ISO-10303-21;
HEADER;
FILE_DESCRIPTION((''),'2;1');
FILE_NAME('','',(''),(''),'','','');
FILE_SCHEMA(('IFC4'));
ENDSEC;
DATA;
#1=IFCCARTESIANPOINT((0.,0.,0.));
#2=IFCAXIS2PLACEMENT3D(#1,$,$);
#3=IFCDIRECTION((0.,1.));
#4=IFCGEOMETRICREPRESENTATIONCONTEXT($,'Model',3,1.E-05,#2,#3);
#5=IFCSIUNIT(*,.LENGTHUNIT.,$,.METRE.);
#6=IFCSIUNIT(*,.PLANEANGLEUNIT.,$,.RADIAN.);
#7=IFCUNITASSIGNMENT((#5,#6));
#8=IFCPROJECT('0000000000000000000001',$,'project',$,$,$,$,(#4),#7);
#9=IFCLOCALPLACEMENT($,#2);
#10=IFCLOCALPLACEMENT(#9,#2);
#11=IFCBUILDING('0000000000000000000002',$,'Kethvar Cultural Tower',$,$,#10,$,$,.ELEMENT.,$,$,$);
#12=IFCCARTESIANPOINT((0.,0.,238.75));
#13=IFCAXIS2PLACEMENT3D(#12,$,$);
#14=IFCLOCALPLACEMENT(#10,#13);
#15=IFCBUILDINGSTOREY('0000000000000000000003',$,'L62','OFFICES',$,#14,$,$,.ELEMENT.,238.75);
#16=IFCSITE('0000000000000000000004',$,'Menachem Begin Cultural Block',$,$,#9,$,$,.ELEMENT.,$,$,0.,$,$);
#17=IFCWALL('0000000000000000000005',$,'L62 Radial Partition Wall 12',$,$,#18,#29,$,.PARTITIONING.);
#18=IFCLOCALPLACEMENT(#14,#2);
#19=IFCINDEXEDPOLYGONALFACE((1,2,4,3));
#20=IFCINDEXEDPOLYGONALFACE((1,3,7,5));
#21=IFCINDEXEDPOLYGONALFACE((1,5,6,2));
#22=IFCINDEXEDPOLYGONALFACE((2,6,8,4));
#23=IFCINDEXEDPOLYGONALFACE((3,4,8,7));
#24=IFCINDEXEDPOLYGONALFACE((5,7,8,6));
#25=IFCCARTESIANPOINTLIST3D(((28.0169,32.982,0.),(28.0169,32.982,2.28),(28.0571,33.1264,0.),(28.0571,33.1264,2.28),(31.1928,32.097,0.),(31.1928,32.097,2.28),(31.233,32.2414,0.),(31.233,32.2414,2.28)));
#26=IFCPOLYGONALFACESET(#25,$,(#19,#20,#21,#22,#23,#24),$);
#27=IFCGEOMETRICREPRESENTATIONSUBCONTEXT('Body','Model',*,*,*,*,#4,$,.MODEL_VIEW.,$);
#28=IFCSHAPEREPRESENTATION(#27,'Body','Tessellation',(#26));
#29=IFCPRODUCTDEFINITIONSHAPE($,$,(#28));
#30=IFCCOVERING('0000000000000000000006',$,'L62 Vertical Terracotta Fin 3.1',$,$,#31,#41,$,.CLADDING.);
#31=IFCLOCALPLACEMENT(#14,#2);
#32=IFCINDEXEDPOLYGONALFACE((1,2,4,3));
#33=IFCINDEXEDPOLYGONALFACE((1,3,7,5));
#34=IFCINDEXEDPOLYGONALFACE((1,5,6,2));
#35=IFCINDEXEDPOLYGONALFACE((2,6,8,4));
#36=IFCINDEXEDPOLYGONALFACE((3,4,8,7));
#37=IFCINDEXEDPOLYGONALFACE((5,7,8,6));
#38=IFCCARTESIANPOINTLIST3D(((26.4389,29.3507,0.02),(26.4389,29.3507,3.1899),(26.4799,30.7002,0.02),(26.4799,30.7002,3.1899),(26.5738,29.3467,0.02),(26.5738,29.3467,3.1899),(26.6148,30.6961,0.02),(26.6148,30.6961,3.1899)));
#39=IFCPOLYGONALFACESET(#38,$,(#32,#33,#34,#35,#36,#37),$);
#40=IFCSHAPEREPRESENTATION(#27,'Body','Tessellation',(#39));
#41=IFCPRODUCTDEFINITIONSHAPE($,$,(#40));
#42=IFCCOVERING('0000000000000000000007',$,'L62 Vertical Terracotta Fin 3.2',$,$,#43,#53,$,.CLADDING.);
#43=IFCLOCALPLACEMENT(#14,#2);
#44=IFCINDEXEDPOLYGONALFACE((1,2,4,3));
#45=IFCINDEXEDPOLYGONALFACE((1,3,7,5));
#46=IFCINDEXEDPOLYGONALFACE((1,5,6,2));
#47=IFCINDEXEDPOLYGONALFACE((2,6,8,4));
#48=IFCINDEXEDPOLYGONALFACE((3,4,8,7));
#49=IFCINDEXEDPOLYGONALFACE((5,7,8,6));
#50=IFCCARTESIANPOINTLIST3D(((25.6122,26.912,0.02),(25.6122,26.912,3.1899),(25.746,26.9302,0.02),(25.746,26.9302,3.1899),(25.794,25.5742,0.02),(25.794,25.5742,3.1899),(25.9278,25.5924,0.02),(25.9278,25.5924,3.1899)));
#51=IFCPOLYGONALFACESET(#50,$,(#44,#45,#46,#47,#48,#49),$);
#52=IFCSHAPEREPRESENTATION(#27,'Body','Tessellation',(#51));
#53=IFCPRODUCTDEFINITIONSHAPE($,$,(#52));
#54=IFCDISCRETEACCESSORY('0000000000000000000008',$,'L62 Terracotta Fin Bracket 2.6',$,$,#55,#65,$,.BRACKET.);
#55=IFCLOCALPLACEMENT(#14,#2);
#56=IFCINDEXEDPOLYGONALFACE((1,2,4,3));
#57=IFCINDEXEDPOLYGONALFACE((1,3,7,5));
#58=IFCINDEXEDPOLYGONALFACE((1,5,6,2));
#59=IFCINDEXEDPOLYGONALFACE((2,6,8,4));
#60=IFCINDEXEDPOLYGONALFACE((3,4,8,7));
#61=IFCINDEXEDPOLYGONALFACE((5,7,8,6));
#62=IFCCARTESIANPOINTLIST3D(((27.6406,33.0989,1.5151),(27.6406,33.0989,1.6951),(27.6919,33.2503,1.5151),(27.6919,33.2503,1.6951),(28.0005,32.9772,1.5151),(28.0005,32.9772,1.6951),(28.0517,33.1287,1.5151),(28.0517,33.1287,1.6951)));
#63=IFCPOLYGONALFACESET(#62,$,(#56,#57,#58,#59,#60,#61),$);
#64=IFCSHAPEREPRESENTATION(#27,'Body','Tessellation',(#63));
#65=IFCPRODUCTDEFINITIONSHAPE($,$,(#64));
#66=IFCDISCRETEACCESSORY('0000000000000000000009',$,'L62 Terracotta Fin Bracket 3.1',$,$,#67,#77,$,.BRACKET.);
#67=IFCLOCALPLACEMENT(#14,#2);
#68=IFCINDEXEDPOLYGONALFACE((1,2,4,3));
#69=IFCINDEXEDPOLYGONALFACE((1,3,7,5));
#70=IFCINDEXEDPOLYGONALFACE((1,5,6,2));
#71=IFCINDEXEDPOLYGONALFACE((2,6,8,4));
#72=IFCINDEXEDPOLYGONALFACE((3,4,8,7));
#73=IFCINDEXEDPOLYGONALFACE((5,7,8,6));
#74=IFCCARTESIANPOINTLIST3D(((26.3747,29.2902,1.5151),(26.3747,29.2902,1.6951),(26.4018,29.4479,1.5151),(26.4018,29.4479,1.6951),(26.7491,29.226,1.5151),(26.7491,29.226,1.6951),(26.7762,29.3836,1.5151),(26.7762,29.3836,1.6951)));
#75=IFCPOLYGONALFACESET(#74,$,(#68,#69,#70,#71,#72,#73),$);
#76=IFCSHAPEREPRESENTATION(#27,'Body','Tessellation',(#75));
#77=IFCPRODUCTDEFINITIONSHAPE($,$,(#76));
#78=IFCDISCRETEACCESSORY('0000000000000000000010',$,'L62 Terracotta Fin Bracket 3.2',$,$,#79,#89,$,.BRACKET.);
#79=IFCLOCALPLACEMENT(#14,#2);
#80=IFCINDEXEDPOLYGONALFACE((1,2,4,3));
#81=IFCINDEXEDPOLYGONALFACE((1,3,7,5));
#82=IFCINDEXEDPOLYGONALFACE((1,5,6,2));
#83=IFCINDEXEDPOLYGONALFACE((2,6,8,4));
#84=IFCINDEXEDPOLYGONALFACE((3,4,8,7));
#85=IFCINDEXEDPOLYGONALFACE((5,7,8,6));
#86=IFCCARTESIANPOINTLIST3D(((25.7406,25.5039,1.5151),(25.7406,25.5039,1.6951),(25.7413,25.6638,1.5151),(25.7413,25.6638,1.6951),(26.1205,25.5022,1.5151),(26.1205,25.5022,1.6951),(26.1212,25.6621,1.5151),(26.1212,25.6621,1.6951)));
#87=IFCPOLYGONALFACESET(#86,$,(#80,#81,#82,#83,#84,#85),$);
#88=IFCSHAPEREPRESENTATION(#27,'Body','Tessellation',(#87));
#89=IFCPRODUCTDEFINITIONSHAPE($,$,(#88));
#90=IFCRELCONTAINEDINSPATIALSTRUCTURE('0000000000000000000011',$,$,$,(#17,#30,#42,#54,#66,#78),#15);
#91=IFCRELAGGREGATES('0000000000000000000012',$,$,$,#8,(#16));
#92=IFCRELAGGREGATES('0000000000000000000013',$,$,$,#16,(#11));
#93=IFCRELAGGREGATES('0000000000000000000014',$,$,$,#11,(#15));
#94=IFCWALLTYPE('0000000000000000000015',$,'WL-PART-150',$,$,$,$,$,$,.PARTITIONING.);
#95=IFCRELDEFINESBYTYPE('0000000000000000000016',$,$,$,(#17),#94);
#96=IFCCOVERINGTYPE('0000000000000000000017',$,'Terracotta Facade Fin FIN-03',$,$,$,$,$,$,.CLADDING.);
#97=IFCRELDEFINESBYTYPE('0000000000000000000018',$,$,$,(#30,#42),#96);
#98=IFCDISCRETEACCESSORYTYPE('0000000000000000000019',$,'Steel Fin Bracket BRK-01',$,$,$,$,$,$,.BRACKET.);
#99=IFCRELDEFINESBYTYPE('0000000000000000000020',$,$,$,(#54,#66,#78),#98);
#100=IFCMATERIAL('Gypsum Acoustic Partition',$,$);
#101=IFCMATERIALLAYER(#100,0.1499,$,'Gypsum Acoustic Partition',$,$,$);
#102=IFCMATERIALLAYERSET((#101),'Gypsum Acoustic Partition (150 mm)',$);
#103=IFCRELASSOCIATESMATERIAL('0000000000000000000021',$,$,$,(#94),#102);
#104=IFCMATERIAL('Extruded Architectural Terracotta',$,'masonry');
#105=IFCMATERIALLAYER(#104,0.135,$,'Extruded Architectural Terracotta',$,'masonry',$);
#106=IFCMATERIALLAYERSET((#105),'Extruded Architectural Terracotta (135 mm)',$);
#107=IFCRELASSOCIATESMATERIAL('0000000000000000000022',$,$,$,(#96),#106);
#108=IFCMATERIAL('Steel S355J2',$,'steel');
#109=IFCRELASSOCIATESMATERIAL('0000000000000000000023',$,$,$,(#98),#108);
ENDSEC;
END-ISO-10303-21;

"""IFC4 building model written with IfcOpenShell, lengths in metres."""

from ifc_helpers import new_model, si_unit, direction, frame, frame_2d, origin, origin_2d, place, context, subcontext, project, spatial, rectangle, extrude, source, transform, mapped, material, layer, layer_set, type_object, element, save


model = new_model("IFC4")

# Units and contexts
model_context = context("Model", 3, precision=1e-05, world=origin(), true_north=direction((0.0, 1.0)))
body_context = subcontext(model_context, "Body", "Model", "MODEL_VIEW")
ifc_project = project(units=[si_unit("LENGTHUNIT", "METRE"), si_unit("PLANEANGLEUNIT", "RADIAN")], contexts=[model_context])

# Site, building, storey
site_placement = place(None, origin())
site = spatial("IfcSite", under=ifc_project, at=site_placement, Name="Menachem Begin Cultural Block", CompositionType="ELEMENT", RefElevation=0.0)
building_placement = place(site_placement, origin())
building = spatial("IfcBuilding", under=site, at=building_placement, Name="Kethvar Cultural Tower", CompositionType="ELEMENT")
storey_placement = place(building_placement, frame((0.0, 0.0, 238.75)))
storey = spatial("IfcBuildingStorey", under=building, at=storey_placement, Name="L62", Description="OFFICES", CompositionType="ELEMENT", Elevation=238.75)

# Shared definitions
ifc_material_1 = material(Name="Steel S355J2", Category="steel")

# Wall
ifc_material_2 = material(Name="Gypsum Acoustic Partition")
ifc_layer_1 = layer(ifc_material_2, 0.1499, Name="Gypsum Acoustic Partition")
ifc_layer_set_1 = layer_set([ifc_layer_1], Name="Gypsum Acoustic Partition (150 mm)")
wall_type_1 = type_object("IfcWallType", Name="WL-PART-150", PredefinedType="PARTITIONING", material=ifc_layer_set_1)
wall_1_placement = place(storey_placement, frame((31.2129, 32.1692, 0.0), z_axis=(0.0, 0.0, 1.0), x_axis=(-0.963295, 0.268446, 0.0)))
element("IfcWall", 1, at=wall_1_placement, inside=storey, type_object=wall_type_1, Name="L62 Radial Partition Wall 12", PredefinedType="PARTITIONING", context=body_context, shape_type="SweptSolid", body=[
    extrude(rectangle(XDim=3.2969, YDim=0.1499, at=frame_2d((1.6484, 0.0))), origin(), (0.0, 0.0, 1.0), 2.28),
])

# Coverings
ifc_material_3 = material(Name="Extruded Architectural Terracotta", Category="masonry")
ifc_layer_2 = layer(ifc_material_3, 0.135, Name="Extruded Architectural Terracotta", Category="masonry")
ifc_layer_set_2 = layer_set([ifc_layer_2], Name="Extruded Architectural Terracotta (135 mm)")
covering_type = type_object("IfcCoveringType", Name="Terracotta Facade Fin FIN-03", PredefinedType="CLADDING", material=ifc_layer_set_2)
shared_shape_1 = source(origin(), body_context, "Body", "SweptSolid", [
    extrude(rectangle(XDim=1.3501, YDim=0.135, at=origin_2d()), origin(), (0.0, 0.0, 1.0), 3.1699),
])
for number, where, z_axis, x_axis, name in (
    (2, (26.5269, 30.0234, 0.02), (0.0, 0.0, 1.0), (0.030364, 0.999539, 0.0), "L62 Vertical Terracotta Fin 3.1"),
    (3, (25.77, 26.2522, 0.02), (0.0, 0.0, 1.0), (-0.134678, 0.990889, 0.0), "L62 Vertical Terracotta Fin 3.2"),
):
    element("IfcCovering", number, at=place(storey_placement, frame(where, z_axis=z_axis, x_axis=x_axis)), inside=storey, type_object=covering_type, Name=name, PredefinedType="CLADDING", context=body_context, shape_type="MappedRepresentation", body=[
        mapped(shared_shape_1, transform((0.0, 0.0, 0.0), scale=1.0)),
    ])

# Discrete accessories
discrete_accessory_type = type_object("IfcDiscreteAccessoryType", Name="Steel Fin Bracket BRK-01", PredefinedType="BRACKET", material=ifc_material_1)
shared_shape_2 = source(origin(), body_context, "Body", "SweptSolid", [
    extrude(rectangle(XDim=0.3799, YDim=0.1599, at=origin_2d()), origin(), (0.0, 0.0, 1.0), 0.1799),
])
for number, where, z_axis, x_axis, name in (
    (4, (27.8462, 33.1138, 1.5151), (0.0, 0.0, 1.0), (-0.947322, 0.320282, 0.0), "L62 Terracotta Fin Bracket 2.6"),
    (5, (26.5754, 29.3369, 1.5151), (0.0, 0.0, 1.0), (-0.985586, 0.169177, 0.0), "L62 Terracotta Fin Bracket 3.1"),
    (6, (25.9309, 25.583, 1.5151), (0.0, 0.0, 1.0), (-0.99999, 0.004538, 0.0), "L62 Terracotta Fin Bracket 3.2"),
):
    element("IfcDiscreteAccessory", number, at=place(storey_placement, frame(where, z_axis=z_axis, x_axis=x_axis)), inside=storey, type_object=discrete_accessory_type, Name=name, PredefinedType="BRACKET", context=body_context, shape_type="MappedRepresentation", body=[
        mapped(shared_shape_2, transform((0.0, 0.0, 0.0), scale=1.0)),
    ])

save(model, "model.ifc")
